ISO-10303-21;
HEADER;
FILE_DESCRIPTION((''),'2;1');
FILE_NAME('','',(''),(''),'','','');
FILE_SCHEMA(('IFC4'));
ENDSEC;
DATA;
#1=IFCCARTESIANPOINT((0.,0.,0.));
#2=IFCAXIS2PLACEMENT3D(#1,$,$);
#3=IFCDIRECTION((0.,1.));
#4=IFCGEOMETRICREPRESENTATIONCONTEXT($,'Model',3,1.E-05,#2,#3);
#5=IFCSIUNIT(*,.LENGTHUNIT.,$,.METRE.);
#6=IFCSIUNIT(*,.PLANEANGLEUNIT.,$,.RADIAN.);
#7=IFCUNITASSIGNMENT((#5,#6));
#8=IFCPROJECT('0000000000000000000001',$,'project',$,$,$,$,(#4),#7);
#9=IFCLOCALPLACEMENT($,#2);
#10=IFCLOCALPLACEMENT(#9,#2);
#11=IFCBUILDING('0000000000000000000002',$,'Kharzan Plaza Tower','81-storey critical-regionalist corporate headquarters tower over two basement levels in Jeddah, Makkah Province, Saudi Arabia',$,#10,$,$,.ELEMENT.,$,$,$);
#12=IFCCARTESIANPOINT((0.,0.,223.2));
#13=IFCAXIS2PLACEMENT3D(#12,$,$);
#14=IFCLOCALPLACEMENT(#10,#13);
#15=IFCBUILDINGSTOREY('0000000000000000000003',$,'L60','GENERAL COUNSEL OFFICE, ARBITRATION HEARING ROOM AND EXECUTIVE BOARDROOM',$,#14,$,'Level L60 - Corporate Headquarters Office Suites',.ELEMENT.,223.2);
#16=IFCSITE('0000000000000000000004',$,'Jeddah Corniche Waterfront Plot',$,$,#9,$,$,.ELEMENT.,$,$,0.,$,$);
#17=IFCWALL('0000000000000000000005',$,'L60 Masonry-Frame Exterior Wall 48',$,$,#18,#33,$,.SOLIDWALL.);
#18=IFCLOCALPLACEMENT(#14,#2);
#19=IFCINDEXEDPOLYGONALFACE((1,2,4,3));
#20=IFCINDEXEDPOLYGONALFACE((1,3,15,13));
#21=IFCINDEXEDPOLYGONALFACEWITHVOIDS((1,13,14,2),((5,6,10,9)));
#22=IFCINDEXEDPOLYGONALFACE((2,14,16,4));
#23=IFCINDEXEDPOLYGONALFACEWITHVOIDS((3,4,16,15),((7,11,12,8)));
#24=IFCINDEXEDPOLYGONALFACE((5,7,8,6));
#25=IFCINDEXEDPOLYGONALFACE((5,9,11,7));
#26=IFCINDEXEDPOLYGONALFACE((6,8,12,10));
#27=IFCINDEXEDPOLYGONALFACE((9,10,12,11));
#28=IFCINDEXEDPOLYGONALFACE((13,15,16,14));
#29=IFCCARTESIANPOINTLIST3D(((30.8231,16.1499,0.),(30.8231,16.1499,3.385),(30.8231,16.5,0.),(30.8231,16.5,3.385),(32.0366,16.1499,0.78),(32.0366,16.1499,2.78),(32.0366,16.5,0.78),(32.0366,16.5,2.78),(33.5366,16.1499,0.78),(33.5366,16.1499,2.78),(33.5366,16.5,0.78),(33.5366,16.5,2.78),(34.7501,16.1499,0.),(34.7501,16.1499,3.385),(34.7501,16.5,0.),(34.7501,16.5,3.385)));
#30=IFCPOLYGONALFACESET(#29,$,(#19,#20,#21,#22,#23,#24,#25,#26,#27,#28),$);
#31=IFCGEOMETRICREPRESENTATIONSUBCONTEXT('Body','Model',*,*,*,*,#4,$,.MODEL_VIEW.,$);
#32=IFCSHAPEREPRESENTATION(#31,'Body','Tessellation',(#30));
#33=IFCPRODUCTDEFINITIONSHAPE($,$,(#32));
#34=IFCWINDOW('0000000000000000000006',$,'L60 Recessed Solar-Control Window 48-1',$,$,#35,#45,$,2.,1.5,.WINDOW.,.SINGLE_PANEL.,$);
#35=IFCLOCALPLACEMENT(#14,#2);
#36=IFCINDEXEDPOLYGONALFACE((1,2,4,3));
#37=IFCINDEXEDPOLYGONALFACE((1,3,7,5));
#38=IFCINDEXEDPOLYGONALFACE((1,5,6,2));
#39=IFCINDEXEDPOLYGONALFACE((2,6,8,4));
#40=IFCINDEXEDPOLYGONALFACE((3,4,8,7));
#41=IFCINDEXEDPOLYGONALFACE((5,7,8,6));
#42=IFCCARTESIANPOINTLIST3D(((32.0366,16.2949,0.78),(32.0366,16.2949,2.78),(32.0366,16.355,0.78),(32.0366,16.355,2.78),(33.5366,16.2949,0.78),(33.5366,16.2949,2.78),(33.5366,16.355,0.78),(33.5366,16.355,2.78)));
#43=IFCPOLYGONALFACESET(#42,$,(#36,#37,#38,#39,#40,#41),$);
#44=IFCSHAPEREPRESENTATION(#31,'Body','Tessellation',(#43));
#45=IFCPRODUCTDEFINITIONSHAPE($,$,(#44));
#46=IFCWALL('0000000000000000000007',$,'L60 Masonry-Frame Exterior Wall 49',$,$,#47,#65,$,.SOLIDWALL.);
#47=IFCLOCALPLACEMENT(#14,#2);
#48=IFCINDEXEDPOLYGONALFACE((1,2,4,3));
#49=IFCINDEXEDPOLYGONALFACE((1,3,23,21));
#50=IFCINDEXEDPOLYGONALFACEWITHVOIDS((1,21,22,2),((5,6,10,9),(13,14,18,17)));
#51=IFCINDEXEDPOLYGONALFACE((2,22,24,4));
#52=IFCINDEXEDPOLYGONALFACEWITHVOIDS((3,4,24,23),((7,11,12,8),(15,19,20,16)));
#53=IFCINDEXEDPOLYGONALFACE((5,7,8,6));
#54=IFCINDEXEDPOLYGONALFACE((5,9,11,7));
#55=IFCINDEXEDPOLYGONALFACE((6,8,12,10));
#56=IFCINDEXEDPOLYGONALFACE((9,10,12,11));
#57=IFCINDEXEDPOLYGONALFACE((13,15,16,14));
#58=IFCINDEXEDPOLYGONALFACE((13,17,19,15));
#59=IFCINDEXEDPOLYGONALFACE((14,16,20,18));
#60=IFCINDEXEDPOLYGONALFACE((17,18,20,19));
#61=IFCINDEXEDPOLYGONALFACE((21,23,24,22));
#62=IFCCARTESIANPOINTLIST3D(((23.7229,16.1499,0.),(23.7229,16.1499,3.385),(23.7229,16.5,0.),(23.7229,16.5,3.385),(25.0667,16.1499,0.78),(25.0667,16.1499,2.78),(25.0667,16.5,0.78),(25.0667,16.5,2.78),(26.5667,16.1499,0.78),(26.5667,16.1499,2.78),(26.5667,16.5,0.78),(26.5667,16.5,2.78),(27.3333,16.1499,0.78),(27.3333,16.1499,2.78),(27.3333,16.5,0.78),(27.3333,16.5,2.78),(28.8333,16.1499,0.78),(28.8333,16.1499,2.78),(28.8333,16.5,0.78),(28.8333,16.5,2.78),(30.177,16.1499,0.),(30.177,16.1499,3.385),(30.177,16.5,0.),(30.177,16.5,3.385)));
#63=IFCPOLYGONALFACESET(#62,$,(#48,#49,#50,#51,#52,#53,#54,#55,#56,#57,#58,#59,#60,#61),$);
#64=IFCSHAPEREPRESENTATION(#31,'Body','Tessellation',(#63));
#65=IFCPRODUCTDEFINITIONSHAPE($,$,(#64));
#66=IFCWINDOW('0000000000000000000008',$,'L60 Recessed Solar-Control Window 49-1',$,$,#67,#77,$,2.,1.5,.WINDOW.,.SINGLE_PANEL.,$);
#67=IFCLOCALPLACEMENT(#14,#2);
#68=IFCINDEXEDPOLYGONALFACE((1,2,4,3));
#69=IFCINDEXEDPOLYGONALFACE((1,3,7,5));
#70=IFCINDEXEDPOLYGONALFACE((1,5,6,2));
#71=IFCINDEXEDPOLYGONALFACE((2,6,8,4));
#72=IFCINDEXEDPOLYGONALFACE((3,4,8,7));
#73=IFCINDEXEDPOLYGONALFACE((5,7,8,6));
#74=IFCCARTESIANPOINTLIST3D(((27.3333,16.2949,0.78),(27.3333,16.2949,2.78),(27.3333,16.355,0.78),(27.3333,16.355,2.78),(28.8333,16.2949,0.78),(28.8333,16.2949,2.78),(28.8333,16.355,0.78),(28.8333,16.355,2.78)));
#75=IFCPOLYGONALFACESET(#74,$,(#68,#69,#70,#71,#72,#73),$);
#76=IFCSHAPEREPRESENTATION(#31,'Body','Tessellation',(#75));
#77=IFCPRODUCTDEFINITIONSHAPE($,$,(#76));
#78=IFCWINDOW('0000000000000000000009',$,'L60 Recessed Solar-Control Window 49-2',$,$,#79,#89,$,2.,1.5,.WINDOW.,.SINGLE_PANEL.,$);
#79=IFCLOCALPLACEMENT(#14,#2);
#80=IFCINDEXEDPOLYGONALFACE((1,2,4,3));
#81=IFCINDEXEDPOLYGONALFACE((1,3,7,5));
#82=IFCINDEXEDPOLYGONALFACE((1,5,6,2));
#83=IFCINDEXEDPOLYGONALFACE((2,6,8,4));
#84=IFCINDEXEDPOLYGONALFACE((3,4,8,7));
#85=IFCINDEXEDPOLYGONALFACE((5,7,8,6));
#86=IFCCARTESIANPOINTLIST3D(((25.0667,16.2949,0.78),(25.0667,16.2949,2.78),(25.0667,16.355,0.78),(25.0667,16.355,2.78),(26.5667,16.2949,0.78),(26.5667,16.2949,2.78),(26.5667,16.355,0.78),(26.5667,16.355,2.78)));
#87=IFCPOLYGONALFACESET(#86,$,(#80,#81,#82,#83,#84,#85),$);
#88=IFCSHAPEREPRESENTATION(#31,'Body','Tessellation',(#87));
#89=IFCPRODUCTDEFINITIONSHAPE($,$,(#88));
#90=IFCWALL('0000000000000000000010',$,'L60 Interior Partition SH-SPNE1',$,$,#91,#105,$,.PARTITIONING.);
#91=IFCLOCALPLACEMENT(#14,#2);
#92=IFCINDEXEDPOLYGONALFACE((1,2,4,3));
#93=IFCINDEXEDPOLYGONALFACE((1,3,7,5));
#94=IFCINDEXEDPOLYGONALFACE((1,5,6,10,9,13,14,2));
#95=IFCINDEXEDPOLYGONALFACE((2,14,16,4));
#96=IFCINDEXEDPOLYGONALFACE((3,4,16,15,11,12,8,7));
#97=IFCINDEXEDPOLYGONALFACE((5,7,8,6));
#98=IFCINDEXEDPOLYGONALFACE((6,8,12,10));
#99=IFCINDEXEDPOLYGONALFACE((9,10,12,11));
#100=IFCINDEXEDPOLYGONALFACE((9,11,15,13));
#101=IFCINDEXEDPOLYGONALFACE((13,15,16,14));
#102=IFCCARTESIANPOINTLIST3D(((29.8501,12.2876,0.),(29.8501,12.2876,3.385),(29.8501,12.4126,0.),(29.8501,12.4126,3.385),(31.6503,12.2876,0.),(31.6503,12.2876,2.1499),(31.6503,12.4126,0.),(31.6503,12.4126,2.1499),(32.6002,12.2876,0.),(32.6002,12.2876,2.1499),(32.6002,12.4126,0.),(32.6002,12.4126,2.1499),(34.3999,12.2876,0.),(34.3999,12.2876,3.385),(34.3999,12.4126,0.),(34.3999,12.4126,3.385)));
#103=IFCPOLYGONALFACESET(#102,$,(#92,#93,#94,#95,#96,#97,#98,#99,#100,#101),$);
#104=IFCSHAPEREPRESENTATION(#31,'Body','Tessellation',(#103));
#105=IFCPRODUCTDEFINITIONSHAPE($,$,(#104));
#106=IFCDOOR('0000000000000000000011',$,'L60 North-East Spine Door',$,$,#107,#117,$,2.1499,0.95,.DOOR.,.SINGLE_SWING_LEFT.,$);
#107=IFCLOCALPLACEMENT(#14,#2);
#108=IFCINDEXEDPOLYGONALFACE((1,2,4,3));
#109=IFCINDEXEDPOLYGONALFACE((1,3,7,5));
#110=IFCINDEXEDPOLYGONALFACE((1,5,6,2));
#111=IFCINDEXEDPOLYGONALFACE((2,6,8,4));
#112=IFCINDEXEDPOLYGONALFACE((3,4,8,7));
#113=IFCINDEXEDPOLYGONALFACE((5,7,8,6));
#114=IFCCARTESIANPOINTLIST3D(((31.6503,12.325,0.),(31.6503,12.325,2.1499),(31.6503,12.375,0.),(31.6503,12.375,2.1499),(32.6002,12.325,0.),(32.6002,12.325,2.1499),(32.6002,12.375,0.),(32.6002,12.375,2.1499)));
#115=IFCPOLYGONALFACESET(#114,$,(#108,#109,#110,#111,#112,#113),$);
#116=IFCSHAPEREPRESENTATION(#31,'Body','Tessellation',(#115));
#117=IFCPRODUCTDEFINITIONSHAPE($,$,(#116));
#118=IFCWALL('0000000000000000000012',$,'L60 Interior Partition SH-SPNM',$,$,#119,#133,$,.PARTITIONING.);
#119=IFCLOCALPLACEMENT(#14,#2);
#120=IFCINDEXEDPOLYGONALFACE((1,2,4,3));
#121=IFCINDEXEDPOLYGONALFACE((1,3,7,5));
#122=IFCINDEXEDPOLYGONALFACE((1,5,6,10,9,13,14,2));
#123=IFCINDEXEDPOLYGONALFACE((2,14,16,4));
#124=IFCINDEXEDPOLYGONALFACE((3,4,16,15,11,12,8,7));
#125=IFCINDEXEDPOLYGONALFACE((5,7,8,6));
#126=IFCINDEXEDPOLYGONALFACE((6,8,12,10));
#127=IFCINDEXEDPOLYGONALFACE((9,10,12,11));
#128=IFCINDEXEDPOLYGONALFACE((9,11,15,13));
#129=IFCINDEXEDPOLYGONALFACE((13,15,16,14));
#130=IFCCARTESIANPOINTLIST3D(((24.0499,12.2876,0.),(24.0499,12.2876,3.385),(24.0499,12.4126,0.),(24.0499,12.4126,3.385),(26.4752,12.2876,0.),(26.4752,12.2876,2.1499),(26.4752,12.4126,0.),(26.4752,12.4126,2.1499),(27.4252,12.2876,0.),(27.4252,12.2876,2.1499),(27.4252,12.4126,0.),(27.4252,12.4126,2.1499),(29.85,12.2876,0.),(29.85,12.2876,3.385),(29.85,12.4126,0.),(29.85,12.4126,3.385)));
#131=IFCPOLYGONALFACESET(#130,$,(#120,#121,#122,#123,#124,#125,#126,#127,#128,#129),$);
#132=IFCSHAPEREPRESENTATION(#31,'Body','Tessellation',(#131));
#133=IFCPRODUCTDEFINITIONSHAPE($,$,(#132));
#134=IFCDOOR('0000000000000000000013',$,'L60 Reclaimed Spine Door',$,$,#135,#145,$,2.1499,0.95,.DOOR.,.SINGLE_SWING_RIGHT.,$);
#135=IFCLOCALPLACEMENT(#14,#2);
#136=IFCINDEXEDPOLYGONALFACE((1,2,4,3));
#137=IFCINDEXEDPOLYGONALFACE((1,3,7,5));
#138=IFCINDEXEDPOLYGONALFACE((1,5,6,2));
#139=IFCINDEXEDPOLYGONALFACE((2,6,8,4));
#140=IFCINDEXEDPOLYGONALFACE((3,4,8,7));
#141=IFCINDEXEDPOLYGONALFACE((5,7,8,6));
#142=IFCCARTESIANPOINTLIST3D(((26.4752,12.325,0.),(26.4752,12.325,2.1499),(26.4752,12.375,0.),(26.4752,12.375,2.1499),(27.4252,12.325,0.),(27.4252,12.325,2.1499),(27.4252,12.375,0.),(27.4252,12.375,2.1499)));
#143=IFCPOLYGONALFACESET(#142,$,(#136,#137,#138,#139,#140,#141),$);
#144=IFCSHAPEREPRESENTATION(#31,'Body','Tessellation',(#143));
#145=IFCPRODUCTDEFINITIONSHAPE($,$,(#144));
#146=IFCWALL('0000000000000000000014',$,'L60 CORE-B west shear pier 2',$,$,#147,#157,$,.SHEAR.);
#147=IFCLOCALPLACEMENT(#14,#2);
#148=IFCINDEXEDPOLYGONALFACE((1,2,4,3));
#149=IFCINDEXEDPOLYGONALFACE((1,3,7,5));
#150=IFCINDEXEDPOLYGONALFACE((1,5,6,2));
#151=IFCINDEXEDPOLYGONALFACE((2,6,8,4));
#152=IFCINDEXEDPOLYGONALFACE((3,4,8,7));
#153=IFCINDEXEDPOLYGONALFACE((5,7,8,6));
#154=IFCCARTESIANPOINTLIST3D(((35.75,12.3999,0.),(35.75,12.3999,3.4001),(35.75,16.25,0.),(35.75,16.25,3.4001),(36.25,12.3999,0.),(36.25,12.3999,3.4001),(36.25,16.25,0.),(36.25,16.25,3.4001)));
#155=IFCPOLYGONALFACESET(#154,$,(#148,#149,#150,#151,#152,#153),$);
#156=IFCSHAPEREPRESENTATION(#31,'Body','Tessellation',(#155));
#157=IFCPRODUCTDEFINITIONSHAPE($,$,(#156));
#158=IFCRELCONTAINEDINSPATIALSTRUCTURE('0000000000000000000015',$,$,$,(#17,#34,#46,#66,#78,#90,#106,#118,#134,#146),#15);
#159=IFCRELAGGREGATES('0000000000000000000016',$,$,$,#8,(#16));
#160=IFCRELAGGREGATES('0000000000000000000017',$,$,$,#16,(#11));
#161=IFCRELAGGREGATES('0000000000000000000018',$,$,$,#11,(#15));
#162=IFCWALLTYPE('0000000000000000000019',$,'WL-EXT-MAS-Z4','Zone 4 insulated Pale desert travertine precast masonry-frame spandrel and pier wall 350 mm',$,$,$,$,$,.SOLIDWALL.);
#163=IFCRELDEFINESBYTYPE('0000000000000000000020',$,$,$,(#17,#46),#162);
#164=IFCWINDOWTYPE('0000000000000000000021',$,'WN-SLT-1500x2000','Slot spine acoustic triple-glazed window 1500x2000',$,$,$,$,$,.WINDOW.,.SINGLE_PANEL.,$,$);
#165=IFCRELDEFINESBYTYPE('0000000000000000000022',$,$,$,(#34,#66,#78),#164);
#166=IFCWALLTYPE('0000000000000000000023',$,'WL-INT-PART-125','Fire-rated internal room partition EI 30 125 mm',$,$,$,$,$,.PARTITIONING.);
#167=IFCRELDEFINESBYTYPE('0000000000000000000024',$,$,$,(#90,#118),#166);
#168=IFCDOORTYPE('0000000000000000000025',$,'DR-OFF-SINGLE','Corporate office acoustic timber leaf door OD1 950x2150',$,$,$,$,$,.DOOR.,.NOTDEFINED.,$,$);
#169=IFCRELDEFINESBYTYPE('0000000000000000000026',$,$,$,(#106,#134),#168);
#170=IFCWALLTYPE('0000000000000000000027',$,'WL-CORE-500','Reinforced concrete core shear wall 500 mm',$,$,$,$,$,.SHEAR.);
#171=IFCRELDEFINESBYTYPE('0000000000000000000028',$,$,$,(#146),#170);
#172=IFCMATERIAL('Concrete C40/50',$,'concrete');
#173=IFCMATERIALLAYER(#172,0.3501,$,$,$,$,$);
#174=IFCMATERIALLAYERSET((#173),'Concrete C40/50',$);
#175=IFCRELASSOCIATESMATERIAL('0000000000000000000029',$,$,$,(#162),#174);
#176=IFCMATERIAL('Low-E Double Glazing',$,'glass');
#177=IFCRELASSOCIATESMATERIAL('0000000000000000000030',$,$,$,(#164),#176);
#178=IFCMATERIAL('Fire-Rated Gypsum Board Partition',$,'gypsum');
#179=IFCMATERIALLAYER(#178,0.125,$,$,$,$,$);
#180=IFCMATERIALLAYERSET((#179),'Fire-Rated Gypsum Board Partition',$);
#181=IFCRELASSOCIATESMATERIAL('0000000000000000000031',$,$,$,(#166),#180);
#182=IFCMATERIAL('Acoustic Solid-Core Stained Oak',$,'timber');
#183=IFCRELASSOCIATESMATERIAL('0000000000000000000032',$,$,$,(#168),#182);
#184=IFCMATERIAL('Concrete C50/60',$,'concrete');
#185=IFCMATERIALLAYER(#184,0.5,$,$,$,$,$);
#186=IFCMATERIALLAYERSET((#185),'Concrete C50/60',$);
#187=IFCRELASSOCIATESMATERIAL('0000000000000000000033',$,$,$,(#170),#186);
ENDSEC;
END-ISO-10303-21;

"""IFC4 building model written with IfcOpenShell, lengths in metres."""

from ifc_helpers import new_model, si_unit, direction, frame, frame_2d, origin, place, context, subcontext, project, spatial, rectangle, extrude, source, transform, mapped, material, layer, layer_set, type_object, element, fill, save


model = new_model("IFC4")

# Units and contexts
model_context = context("Model", 3, precision=1e-05, world=origin(), true_north=direction((0.0, 1.0)))
body_context = subcontext(model_context, "Body", "Model", "MODEL_VIEW")
ifc_project = project(units=[si_unit("LENGTHUNIT", "METRE"), si_unit("PLANEANGLEUNIT", "RADIAN")], contexts=[model_context])

# Site, building, storey
site_placement = place(None, origin())
site = spatial("IfcSite", under=ifc_project, at=site_placement, Name="Jeddah Corniche Waterfront Plot", CompositionType="ELEMENT", RefElevation=0.0)
building_placement = place(site_placement, origin())
building = spatial("IfcBuilding", under=site, at=building_placement, Name="Kharzan Plaza Tower", Description="81-storey critical-regionalist corporate headquarters tower over two basement levels in Jeddah, Makkah Province, Saudi Arabia", CompositionType="ELEMENT")
storey_placement = place(building_placement, frame((0.0, 0.0, 223.2)))
storey = spatial("IfcBuildingStorey", under=building, at=storey_placement, Name="L60", Description="GENERAL COUNSEL OFFICE, ARBITRATION HEARING ROOM AND EXECUTIVE BOARDROOM", LongName="Level L60 - Corporate Headquarters Office Suites", CompositionType="ELEMENT", Elevation=223.2)

# Shared definitions
ifc_material_1 = material(Name="Concrete C50/60", Category="concrete")

# Wall, opening, window
ifc_material_2 = material(Name="Concrete C40/50", Category="concrete")
ifc_layer_1 = layer(ifc_material_2, 0.3501)
ifc_layer_set_1 = layer_set([ifc_layer_1], Name="Concrete C40/50")
wall_type_1 = type_object("IfcWallType", Name="WL-EXT-MAS-Z4", Description="Zone 4 insulated Pale desert travertine precast masonry-frame spandrel and pier wall 350 mm", PredefinedType="SOLIDWALL", material=ifc_layer_set_1)
wall_1_placement = place(storey_placement, frame((34.75, 16.325, 0.0), z_axis=(0.0, 0.0, 1.0), x_axis=(-1.0, 0.0, 0.0)))
wall_1 = element("IfcWall", 1, at=wall_1_placement, inside=storey, type_object=wall_type_1, Name="L60 Masonry-Frame Exterior Wall 48", PredefinedType="SOLIDWALL", context=body_context, shape_type="SweptSolid", body=[
    extrude(rectangle(XDim=3.927, YDim=0.3501, at=frame_2d((1.9634, 0.0))), origin(), (0.0, 0.0, 1.0), 3.385),
])
opening_1_placement = place(wall_1_placement, frame((1.2134, 0.0, 0.78)))
opening_1 = element("IfcOpeningElement", 2, at=opening_1_placement, cuts=wall_1, PredefinedType="OPENING", context=body_context, shape_type="SweptSolid", body=[
    extrude(rectangle(XDim=1.5, YDim=2.0, at=frame_2d((0.75, 1.0))), frame((0.0, 0.1851, 0.0), z_axis=(0.0, -1.0, 0.0), x_axis=(1.0, 0.0, 0.0)), (0.0, 0.0, 1.0), 0.3701),
])
ifc_material_3 = material(Name="Low-E Double Glazing", Category="glass")
window_type = type_object("IfcWindowType", Name="WN-SLT-1500x2000", Description="Slot spine acoustic triple-glazed window 1500x2000", PartitioningType="SINGLE_PANEL", PredefinedType="WINDOW", material=ifc_material_3)
shared_shape_1 = source(origin(), body_context, "Body", "SweptSolid", [
    extrude(rectangle(XDim=1.5, YDim=2.0, at=frame_2d((0.75, 1.0))), frame((0.0, 0.03, 0.0), z_axis=(0.0, -1.0, 0.0), x_axis=(1.0, 0.0, 0.0)), (0.0, 0.0, 1.0), 0.0601),
])
window_1_placement = place(opening_1_placement, origin())
window_1 = element("IfcWindow", 3, at=window_1_placement, inside=storey, type_object=window_type, Name="L60 Recessed Solar-Control Window 48-1", OverallHeight=2.0, OverallWidth=1.5, PartitioningType="SINGLE_PANEL", PredefinedType="WINDOW", context=body_context, shape_type="MappedRepresentation", body=[
    mapped(shared_shape_1, transform((0.0, 0.0, 0.0), x_axis=(1.0, 0.0, 0.0), y_axis=(0.0, 1.0, 0.0), z_axis=(0.0, 0.0, 1.0))),
])
fill(opening_1, window_1)

# Wall, openings, windows
wall_2_placement = place(storey_placement, frame((30.177, 16.325, 0.0), z_axis=(0.0, 0.0, 1.0), x_axis=(-1.0, 0.0, 0.0)))
wall_2 = element("IfcWall", 4, at=wall_2_placement, inside=storey, type_object=wall_type_1, Name="L60 Masonry-Frame Exterior Wall 49", PredefinedType="SOLIDWALL", context=body_context, shape_type="SweptSolid", body=[
    extrude(rectangle(XDim=6.4541, YDim=0.3501, at=frame_2d((3.2271, 0.0))), origin(), (0.0, 0.0, 1.0), 3.385),
])
opening_2_placement = place(wall_2_placement, frame((1.3438, 0.0, 0.78)))
opening_2 = element("IfcOpeningElement", 5, at=opening_2_placement, cuts=wall_2, PredefinedType="OPENING", context=body_context, shape_type="SweptSolid", body=[
    extrude(rectangle(XDim=1.5, YDim=2.0, at=frame_2d((0.75, 1.0))), frame((0.0, 0.1851, 0.0), z_axis=(0.0, -1.0, 0.0), x_axis=(1.0, 0.0, 0.0)), (0.0, 0.0, 1.0), 0.3701),
])
opening_3_placement = place(wall_2_placement, frame((3.6104, 0.0, 0.78)))
opening_3 = element("IfcOpeningElement", 6, at=opening_3_placement, cuts=wall_2, PredefinedType="OPENING", context=body_context, shape_type="SweptSolid", body=[
    extrude(rectangle(XDim=1.5, YDim=2.0, at=frame_2d((0.75, 1.0))), frame((0.0, 0.1851, 0.0), z_axis=(0.0, -1.0, 0.0), x_axis=(1.0, 0.0, 0.0)), (0.0, 0.0, 1.0), 0.3701),
])
window_2_placement = place(opening_2_placement, origin())
window_2 = element("IfcWindow", 7, at=window_2_placement, inside=storey, type_object=window_type, Name="L60 Recessed Solar-Control Window 49-1", OverallHeight=2.0, OverallWidth=1.5, PartitioningType="SINGLE_PANEL", PredefinedType="WINDOW", context=body_context, shape_type="MappedRepresentation", body=[
    mapped(shared_shape_1, transform((0.0, 0.0, 0.0), x_axis=(1.0, 0.0, 0.0), y_axis=(0.0, 1.0, 0.0), z_axis=(0.0, 0.0, 1.0))),
])
fill(opening_2, window_2)
window_3_placement = place(opening_3_placement, origin())
window_3 = element("IfcWindow", 8, at=window_3_placement, inside=storey, type_object=window_type, Name="L60 Recessed Solar-Control Window 49-2", OverallHeight=2.0, OverallWidth=1.5, PartitioningType="SINGLE_PANEL", PredefinedType="WINDOW", context=body_context, shape_type="MappedRepresentation", body=[
    mapped(shared_shape_1, transform((0.0, 0.0, 0.0), x_axis=(1.0, 0.0, 0.0), y_axis=(0.0, 1.0, 0.0), z_axis=(0.0, 0.0, 1.0))),
])
fill(opening_3, window_3)

# Walls, openings, doors
ifc_material_4 = material(Name="Fire-Rated Gypsum Board Partition", Category="gypsum")
ifc_layer_2 = layer(ifc_material_4, 0.125)
ifc_layer_set_2 = layer_set([ifc_layer_2], Name="Fire-Rated Gypsum Board Partition")
wall_type_2 = type_object("IfcWallType", Name="WL-INT-PART-125", Description="Fire-rated internal room partition EI 30 125 mm", PredefinedType="PARTITIONING", material=ifc_layer_set_2)
wall_3_placement = place(storey_placement, frame((29.8501, 12.3501, 0.0), z_axis=(0.0, 0.0, 1.0), x_axis=(1.0, 0.0, 0.0)))
wall_3 = element("IfcWall", 9, at=wall_3_placement, inside=storey, type_object=wall_type_2, Name="L60 Interior Partition SH-SPNE1", PredefinedType="PARTITIONING", context=body_context, shape_type="SweptSolid", body=[
    extrude(rectangle(XDim=4.5498, YDim=0.125, at=frame_2d((2.2749, 0.0))), origin(), (0.0, 0.0, 1.0), 3.385),
])
opening_4_placement = place(wall_3_placement, frame((1.8, 0.0, 0.0)))
opening_4 = element("IfcOpeningElement", 10, at=opening_4_placement, cuts=wall_3, PredefinedType="OPENING", context=body_context, shape_type="SweptSolid", body=[
    extrude(rectangle(XDim=0.95, YDim=2.1499, at=frame_2d((0.4751, 1.075))), frame((0.0, 0.0725, 0.0), z_axis=(0.0, -1.0, 0.0), x_axis=(1.0, 0.0, 0.0)), (0.0, 0.0, 1.0), 0.145),
])
ifc_material_5 = material(Name="Acoustic Solid-Core Stained Oak", Category="timber")
door_type = type_object("IfcDoorType", Name="DR-OFF-SINGLE", Description="Corporate office acoustic timber leaf door OD1 950x2150", OperationType="NOTDEFINED", PredefinedType="DOOR", material=ifc_material_5)
shared_shape_2 = source(origin(), body_context, "Body", "SweptSolid", [
    extrude(rectangle(XDim=0.95, YDim=2.1499, at=frame_2d((0.4751, 1.075))), frame((0.0, 0.0249, 0.0), z_axis=(0.0, -1.0, 0.0), x_axis=(1.0, 0.0, 0.0)), (0.0, 0.0, 1.0), 0.05),
])
door_1_placement = place(opening_4_placement, origin())
door_1 = element("IfcDoor", 11, at=door_1_placement, inside=storey, type_object=door_type, Name="L60 North-East Spine Door", OperationType="SINGLE_SWING_LEFT", OverallHeight=2.1499, OverallWidth=0.95, PredefinedType="DOOR", context=body_context, shape_type="MappedRepresentation", body=[
    mapped(shared_shape_2, transform((0.0, 0.0, 0.0), x_axis=(1.0, 0.0, 0.0), y_axis=(0.0, 1.0, 0.0), z_axis=(0.0, 0.0, 1.0))),
])
fill(opening_4, door_1)
wall_4_placement = place(storey_placement, frame((24.05, 12.3501, 0.0), z_axis=(0.0, 0.0, 1.0), x_axis=(1.0, 0.0, 0.0)))
wall_4 = element("IfcWall", 12, at=wall_4_placement, inside=storey, type_object=wall_type_2, Name="L60 Interior Partition SH-SPNM", PredefinedType="PARTITIONING", context=body_context, shape_type="SweptSolid", body=[
    extrude(rectangle(XDim=5.8, YDim=0.125, at=frame_2d((2.8999, 0.0))), origin(), (0.0, 0.0, 1.0), 3.385),
])
opening_5_placement = place(wall_4_placement, frame((2.425, 0.0, 0.0)))
opening_5 = element("IfcOpeningElement", 13, at=opening_5_placement, cuts=wall_4, PredefinedType="OPENING", context=body_context, shape_type="SweptSolid", body=[
    extrude(rectangle(XDim=0.95, YDim=2.1499, at=frame_2d((0.4751, 1.075))), frame((0.0, 0.0725, 0.0), z_axis=(0.0, -1.0, 0.0), x_axis=(1.0, 0.0, 0.0)), (0.0, 0.0, 1.0), 0.145),
])
door_2_placement = place(opening_5_placement, origin())
door_2 = element("IfcDoor", 14, at=door_2_placement, inside=storey, type_object=door_type, Name="L60 Reclaimed Spine Door", OperationType="SINGLE_SWING_RIGHT", OverallHeight=2.1499, OverallWidth=0.95, PredefinedType="DOOR", context=body_context, shape_type="MappedRepresentation", body=[
    mapped(shared_shape_2, transform((0.0, 0.0, 0.0), x_axis=(1.0, 0.0, 0.0), y_axis=(0.0, 1.0, 0.0), z_axis=(0.0, 0.0, 1.0))),
])
fill(opening_5, door_2)

# Wall
ifc_layer_3 = layer(ifc_material_1, 0.5)
ifc_layer_set_3 = layer_set([ifc_layer_3], Name="Concrete C50/60")
wall_type_3 = type_object("IfcWallType", Name="WL-CORE-500", Description="Reinforced concrete core shear wall 500 mm", PredefinedType="SHEAR", material=ifc_layer_set_3)
shared_shape_3 = source(origin(), body_context, "Body", "SweptSolid", [
    extrude(rectangle(XDim=3.8501, YDim=0.5, at=frame_2d((1.925, 0.0))), origin(), (0.0, 0.0, 1.0), 3.4001),
])
wall_5_placement = place(storey_placement, frame((36.0, 12.3999, 0.0), z_axis=(0.0, 0.0, 1.0), x_axis=(0.0, 1.0, 0.0)))
element("IfcWall", 15, at=wall_5_placement, inside=storey, type_object=wall_type_3, Name="L60 CORE-B west shear pier 2", PredefinedType="SHEAR", context=body_context, shape_type="MappedRepresentation", body=[
    mapped(shared_shape_3, transform((0.0, 0.0, 0.0), x_axis=(1.0, 0.0, 0.0), y_axis=(0.0, 1.0, 0.0), z_axis=(0.0, 0.0, 1.0))),
])

save(model, "model.ifc")
